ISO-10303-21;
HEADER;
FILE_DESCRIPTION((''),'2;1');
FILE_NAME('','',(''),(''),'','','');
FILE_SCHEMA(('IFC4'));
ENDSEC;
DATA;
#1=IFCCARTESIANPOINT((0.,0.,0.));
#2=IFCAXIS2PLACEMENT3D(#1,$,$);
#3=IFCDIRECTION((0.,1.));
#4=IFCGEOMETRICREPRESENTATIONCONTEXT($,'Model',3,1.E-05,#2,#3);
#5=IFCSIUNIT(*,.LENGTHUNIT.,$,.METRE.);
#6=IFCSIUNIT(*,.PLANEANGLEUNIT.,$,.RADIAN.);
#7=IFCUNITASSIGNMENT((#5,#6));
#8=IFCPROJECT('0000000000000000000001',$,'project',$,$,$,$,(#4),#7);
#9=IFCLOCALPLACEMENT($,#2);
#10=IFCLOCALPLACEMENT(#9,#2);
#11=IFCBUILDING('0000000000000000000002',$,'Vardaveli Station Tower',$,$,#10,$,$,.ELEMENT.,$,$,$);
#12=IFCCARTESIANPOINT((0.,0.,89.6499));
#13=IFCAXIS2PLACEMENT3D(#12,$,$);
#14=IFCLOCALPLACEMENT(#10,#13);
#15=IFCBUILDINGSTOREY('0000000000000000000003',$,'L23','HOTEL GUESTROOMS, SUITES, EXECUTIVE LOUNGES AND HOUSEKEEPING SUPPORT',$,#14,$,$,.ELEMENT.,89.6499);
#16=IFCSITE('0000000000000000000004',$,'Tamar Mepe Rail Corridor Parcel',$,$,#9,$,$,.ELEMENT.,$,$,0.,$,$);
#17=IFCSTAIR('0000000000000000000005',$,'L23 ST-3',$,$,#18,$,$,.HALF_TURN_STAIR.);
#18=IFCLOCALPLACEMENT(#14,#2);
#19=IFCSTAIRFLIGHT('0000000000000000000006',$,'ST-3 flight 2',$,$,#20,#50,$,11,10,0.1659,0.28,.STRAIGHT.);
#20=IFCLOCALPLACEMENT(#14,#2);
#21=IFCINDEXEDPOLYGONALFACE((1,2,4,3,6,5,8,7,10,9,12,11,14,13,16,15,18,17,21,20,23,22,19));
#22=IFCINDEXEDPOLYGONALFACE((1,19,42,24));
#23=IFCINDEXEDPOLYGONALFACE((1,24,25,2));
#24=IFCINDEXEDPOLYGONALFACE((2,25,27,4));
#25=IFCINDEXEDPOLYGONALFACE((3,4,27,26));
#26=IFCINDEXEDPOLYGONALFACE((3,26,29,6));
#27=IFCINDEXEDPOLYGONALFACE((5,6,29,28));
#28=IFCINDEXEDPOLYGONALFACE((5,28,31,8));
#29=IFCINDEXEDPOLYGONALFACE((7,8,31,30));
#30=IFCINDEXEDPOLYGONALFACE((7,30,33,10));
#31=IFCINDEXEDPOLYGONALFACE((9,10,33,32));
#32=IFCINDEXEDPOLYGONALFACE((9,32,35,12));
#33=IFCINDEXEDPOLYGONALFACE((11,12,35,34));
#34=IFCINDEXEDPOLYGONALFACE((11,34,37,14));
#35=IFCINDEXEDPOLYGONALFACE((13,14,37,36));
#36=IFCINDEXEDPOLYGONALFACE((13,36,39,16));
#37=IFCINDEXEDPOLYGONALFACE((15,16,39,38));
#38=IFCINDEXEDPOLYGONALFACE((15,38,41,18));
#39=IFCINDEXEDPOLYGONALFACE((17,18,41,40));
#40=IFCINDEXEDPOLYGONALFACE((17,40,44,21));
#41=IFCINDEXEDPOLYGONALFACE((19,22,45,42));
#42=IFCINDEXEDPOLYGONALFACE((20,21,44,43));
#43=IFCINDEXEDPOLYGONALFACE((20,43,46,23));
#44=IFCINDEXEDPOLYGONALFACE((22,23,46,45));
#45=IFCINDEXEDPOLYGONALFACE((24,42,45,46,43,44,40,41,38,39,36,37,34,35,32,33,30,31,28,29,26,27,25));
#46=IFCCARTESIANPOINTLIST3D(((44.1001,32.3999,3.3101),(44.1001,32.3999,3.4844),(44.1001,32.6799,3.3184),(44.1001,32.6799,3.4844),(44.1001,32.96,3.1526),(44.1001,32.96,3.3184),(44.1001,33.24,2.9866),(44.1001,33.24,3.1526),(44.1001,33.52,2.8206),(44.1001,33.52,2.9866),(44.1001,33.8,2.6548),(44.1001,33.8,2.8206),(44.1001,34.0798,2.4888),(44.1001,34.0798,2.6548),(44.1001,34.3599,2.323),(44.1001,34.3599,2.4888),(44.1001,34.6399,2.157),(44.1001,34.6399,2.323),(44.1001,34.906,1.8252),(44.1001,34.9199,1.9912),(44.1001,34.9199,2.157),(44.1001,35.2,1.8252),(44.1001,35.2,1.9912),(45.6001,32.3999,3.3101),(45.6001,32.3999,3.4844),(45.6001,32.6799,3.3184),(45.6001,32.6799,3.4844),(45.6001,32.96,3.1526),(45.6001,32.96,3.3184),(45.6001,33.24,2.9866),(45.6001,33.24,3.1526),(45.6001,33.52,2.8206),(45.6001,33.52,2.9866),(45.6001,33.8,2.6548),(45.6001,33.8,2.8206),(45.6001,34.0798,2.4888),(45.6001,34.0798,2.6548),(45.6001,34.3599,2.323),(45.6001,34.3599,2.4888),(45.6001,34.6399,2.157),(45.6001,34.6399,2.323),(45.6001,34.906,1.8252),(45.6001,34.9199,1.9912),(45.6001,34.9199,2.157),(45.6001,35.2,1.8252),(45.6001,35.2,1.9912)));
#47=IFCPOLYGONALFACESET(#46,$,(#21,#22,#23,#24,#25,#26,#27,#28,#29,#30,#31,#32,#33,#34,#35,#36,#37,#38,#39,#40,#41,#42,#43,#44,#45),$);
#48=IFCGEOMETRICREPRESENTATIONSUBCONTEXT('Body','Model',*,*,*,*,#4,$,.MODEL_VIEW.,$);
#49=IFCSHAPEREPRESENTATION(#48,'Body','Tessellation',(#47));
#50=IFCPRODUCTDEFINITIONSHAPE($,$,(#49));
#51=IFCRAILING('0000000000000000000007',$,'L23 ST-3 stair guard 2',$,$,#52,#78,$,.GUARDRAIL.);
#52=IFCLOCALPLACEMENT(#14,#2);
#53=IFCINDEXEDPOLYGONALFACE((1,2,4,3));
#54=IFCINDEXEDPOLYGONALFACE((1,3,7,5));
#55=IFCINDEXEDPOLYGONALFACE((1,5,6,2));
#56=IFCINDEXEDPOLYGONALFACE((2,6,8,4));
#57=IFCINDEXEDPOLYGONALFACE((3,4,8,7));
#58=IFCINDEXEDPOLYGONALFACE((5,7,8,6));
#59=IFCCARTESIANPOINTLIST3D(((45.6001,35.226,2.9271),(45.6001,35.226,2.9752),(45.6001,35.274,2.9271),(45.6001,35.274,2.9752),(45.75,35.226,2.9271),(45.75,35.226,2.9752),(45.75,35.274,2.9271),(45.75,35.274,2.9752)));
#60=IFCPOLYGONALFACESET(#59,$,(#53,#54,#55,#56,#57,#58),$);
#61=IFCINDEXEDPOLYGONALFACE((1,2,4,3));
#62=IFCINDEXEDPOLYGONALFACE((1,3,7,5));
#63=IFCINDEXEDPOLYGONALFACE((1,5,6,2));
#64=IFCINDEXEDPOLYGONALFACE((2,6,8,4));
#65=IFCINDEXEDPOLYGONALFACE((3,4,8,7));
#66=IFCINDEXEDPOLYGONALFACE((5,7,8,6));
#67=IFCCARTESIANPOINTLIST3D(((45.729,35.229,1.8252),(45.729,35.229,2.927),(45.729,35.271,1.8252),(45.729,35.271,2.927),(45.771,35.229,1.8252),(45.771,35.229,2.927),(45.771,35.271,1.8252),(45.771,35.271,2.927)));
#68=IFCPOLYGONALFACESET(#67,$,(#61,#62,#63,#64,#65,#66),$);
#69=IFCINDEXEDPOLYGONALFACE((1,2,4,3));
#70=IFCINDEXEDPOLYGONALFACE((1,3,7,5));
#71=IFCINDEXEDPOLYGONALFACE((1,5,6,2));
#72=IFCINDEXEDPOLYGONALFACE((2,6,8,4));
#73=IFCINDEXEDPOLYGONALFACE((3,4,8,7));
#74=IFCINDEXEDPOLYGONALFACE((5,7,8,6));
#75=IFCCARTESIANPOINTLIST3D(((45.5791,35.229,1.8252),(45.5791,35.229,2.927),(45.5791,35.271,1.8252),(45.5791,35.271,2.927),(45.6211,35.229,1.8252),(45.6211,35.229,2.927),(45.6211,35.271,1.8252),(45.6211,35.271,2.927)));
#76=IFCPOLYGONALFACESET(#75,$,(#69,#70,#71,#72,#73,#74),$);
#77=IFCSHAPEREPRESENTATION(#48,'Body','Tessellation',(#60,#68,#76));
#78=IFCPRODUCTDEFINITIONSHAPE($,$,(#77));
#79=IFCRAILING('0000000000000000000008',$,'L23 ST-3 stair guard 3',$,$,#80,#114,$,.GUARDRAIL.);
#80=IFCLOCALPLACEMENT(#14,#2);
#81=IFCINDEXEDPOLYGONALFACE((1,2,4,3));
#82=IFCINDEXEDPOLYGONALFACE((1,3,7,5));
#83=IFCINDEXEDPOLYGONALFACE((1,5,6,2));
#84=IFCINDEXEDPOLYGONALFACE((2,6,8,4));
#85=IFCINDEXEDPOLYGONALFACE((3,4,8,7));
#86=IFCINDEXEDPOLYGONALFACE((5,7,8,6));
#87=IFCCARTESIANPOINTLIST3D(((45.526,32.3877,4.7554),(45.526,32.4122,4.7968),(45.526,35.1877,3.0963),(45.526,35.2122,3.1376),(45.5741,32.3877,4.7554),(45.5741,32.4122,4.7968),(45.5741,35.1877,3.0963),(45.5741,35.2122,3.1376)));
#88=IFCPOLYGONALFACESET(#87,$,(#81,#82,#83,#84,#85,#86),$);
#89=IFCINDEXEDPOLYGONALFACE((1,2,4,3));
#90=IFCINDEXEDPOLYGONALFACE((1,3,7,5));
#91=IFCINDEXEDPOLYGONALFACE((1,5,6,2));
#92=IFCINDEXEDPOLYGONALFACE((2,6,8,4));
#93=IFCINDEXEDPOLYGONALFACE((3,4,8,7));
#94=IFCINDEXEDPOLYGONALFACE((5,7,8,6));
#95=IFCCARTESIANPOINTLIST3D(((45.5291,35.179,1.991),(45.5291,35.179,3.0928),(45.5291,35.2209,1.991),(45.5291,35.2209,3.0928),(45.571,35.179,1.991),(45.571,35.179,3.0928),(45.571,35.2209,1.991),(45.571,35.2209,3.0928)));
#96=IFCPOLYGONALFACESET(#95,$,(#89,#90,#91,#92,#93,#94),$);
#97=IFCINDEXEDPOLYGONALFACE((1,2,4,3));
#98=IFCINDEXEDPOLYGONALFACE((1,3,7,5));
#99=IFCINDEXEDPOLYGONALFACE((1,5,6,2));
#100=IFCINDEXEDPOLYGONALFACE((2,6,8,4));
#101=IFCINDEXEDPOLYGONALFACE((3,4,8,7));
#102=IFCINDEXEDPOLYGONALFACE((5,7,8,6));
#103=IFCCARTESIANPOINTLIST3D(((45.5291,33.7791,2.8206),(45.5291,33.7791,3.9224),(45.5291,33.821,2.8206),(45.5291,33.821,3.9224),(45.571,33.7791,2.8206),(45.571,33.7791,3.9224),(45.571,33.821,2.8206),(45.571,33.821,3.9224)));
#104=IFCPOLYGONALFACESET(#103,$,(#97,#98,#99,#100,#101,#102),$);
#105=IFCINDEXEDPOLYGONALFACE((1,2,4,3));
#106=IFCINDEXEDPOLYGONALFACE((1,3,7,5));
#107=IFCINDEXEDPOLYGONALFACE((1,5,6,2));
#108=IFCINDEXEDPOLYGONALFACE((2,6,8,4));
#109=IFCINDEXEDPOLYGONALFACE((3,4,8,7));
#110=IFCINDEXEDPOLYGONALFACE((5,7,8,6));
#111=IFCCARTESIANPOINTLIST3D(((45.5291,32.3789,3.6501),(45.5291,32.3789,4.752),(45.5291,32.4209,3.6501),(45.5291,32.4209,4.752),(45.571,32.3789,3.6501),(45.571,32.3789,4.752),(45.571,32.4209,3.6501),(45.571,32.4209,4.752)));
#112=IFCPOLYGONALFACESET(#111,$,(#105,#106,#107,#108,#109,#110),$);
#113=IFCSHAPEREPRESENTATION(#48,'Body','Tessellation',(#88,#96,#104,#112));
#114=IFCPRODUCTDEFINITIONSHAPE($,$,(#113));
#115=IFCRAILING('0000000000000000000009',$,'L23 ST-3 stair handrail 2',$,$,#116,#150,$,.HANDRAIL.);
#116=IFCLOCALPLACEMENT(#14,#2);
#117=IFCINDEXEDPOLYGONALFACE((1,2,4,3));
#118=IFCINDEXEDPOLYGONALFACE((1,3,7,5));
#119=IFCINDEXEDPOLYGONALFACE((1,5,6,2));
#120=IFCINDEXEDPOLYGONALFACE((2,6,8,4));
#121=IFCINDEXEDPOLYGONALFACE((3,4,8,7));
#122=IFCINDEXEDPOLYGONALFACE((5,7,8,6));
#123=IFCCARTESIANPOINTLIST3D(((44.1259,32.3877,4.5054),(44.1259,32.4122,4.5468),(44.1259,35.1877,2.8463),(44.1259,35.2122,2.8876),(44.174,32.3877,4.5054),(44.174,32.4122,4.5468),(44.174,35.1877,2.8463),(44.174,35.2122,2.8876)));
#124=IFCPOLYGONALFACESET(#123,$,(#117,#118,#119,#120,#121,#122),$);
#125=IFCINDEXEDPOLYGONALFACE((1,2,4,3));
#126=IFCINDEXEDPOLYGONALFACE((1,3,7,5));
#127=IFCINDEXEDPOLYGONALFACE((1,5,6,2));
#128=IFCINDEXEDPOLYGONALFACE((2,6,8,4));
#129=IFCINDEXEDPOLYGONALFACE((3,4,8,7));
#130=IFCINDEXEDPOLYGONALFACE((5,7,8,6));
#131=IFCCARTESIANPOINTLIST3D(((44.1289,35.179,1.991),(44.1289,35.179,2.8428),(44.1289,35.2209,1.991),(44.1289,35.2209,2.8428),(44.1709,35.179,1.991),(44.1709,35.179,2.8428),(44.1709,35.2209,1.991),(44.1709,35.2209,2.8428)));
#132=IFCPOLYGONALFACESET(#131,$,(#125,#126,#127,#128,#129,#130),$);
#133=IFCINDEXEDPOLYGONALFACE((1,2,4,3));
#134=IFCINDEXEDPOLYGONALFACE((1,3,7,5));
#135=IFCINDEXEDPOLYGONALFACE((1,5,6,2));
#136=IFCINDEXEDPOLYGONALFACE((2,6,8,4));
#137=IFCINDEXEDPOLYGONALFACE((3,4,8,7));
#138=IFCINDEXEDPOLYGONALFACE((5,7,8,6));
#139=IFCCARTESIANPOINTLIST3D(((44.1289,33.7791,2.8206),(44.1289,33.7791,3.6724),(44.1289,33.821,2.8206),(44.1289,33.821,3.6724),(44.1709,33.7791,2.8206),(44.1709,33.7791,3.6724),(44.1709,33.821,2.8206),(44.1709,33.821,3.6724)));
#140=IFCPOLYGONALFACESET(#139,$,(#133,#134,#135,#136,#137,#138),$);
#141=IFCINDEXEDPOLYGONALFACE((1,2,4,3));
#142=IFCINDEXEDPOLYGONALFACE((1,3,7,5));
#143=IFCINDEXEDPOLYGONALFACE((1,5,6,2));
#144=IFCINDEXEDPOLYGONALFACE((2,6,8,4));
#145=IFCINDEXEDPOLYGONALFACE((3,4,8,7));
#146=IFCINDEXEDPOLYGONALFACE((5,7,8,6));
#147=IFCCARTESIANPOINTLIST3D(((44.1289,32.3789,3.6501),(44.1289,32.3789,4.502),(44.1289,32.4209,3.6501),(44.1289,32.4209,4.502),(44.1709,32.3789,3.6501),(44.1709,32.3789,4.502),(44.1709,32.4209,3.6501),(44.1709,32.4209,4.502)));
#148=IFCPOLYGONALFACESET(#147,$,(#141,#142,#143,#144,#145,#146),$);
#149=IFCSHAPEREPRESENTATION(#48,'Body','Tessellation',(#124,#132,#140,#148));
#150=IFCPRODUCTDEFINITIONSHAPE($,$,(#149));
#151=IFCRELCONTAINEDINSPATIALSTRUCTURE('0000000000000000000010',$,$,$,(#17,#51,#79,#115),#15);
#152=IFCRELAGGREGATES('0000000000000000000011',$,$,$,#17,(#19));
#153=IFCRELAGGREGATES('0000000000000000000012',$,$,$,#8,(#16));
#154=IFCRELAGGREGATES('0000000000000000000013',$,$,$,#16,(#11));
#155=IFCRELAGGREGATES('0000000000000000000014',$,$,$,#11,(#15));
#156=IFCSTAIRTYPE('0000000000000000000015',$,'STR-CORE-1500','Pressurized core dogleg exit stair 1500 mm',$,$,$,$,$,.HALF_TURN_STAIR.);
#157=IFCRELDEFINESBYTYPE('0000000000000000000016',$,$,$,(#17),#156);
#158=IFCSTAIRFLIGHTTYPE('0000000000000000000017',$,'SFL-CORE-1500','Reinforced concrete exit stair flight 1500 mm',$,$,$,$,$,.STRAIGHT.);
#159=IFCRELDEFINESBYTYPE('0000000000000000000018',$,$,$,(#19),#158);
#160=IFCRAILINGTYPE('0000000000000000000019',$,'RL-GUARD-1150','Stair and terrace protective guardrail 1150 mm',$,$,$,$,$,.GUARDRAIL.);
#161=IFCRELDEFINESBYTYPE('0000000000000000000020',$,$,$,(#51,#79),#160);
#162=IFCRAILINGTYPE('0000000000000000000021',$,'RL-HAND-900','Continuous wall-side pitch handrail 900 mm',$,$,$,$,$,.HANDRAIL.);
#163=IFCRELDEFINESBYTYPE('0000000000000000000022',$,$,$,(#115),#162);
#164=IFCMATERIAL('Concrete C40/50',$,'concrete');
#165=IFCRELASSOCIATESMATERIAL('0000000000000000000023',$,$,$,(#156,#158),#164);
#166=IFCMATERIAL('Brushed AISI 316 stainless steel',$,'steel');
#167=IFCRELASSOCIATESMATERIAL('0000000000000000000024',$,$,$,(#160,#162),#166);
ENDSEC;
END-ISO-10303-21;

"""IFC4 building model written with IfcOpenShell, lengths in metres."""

from ifc_helpers import new_model, si_unit, direction, frame, origin, origin_2d, place, context, subcontext, project, spatial, polyline, rectangle, outline, extrude, source, transform, mapped, material, type_object, element, aggregate, save


model = new_model("IFC4")

# Units and contexts
model_context = context("Model", 3, precision=1e-05, world=origin(), true_north=direction((0.0, 1.0)))
body_context = subcontext(model_context, "Body", "Model", "MODEL_VIEW")
ifc_project = project(units=[si_unit("LENGTHUNIT", "METRE"), si_unit("PLANEANGLEUNIT", "RADIAN")], contexts=[model_context])

# Site, building, storey
site_placement = place(None, origin())
site = spatial("IfcSite", under=ifc_project, at=site_placement, Name="Tamar Mepe Rail Corridor Parcel", CompositionType="ELEMENT", RefElevation=0.0)
building_placement = place(site_placement, origin())
building = spatial("IfcBuilding", under=site, at=building_placement, Name="Vardaveli Station Tower", CompositionType="ELEMENT")
storey_placement = place(building_placement, frame((0.0, 0.0, 89.6499)))
storey = spatial("IfcBuildingStorey", under=building, at=storey_placement, Name="L23", Description="HOTEL GUESTROOMS, SUITES, EXECUTIVE LOUNGES AND HOUSEKEEPING SUPPORT", CompositionType="ELEMENT", Elevation=89.6499)

# Shared definitions
ifc_material_1 = material(Name="Concrete C40/50", Category="concrete")

# Stair, stair flight
stair_type = type_object("IfcStairType", Name="STR-CORE-1500", Description="Pressurized core dogleg exit stair 1500 mm", PredefinedType="HALF_TURN_STAIR", material=ifc_material_1)
stair_placement = place(storey_placement, origin())
stair = element("IfcStair", 1, at=stair_placement, inside=storey, type_object=stair_type, Name="L23 ST-3", PredefinedType="HALF_TURN_STAIR")
stair_flight_type = type_object("IfcStairFlightType", Name="SFL-CORE-1500", Description="Reinforced concrete exit stair flight 1500 mm", PredefinedType="STRAIGHT", material=ifc_material_1)
shared_shape_1 = source(origin(), body_context, "Body", "SweptSolid", [
    extrude(outline(polyline([(0.0, 0.0), (0.0, 0.166), (0.28, 0.166), (0.28, 0.3318), (0.5601, 0.3318), (0.5601, 0.4978), (0.8401, 0.4978), (0.8401, 0.6636), (1.1201, 0.6636), (1.1201, 0.8296), (1.3999, 0.8296), (1.3999, 0.9954), (1.6799, 0.9954), (1.6799, 1.1614), (1.96, 1.1614), (1.96, 1.3274), (2.24, 1.3274), (2.24, 1.4932), (2.52, 1.4932), (2.52, 1.6592), (2.8, 1.6592), (2.8, 1.825), (2.8, 1.4849), (0.2939, 0.0), (0.0, 0.0)])), frame((0.0, 0.75, 0.0), z_axis=(0.0, -1.0, 0.0), x_axis=(1.0, 0.0, 0.0)), (0.0, 0.0, 1.0), 1.5),
])
stair_flight_placement = place(storey_placement, frame((44.8501, 35.2, 1.8252), z_axis=(0.0, 0.0, 1.0), x_axis=(0.0, -1.0, 0.0)))
stair_flight = element("IfcStairFlight", 2, at=stair_flight_placement, type_object=stair_flight_type, Name="ST-3 flight 2", NumberOfRisers=11, NumberOfTreads=10, PredefinedType="STRAIGHT", RiserHeight=0.1659, TreadLength=0.28, context=body_context, shape_type="MappedRepresentation", body=[
    mapped(shared_shape_1, transform((0.0, 0.0, 0.0), scale=1.0)),
])
aggregate(stair, [stair_flight])

# Railings
ifc_material_2 = material(Name="Brushed AISI 316 stainless steel", Category="steel")
railing_type_1 = type_object("IfcRailingType", Name="RL-GUARD-1150", Description="Stair and terrace protective guardrail 1150 mm", PredefinedType="GUARDRAIL", material=ifc_material_2)
shared_shape_2 = source(origin(), body_context, "Body", "SweptSolid", [
    extrude(rectangle(XDim=0.0481, YDim=0.0481, at=origin_2d()), frame((0.0, 0.0, 1.126), z_axis=(-1.0, 0.0, 0.0), x_axis=(0.0, -1.0, 0.0)), (0.0, 0.0, 1.0), 0.1499),
    extrude(rectangle(XDim=0.042, YDim=0.042, at=origin_2d()), origin(), (0.0, 0.0, 1.0), 1.1018),
    extrude(rectangle(XDim=0.042, YDim=0.042, at=origin_2d()), frame((-0.1499, 0.0, 0.0)), (0.0, 0.0, 1.0), 1.1018),
])
railing_1_placement = place(storey_placement, frame((45.75, 35.25, 1.8252)))
element("IfcRailing", 3, at=railing_1_placement, inside=storey, type_object=railing_type_1, Name="L23 ST-3 stair guard 2", PredefinedType="GUARDRAIL", context=body_context, shape_type="MappedRepresentation", body=[
    mapped(shared_shape_2, transform((0.0, 0.0, 0.0), scale=1.0)),
])
shared_shape_3 = source(origin(), body_context, "Body", "SweptSolid", [
    extrude(rectangle(XDim=0.0481, YDim=0.0481, at=origin_2d()), frame((0.0, 0.0, 1.126), z_axis=(0.0, -0.860306, 0.509778), x_axis=(1.0, 0.0, 0.0)), (0.0, 0.0, 1.0), 3.2546),
    extrude(rectangle(XDim=0.042, YDim=0.042, at=origin_2d()), origin(), (0.0, 0.0, 1.0), 1.1018),
    extrude(rectangle(XDim=0.042, YDim=0.042, at=origin_2d()), frame((0.0, -1.3999, 0.8296)), (0.0, 0.0, 1.0), 1.1018),
    extrude(rectangle(XDim=0.042, YDim=0.042, at=origin_2d()), frame((0.0, -2.8, 1.6592)), (0.0, 0.0, 1.0), 1.1018),
])
railing_2_placement = place(storey_placement, frame((45.55, 35.2, 1.991)))
element("IfcRailing", 4, at=railing_2_placement, inside=storey, type_object=railing_type_1, Name="L23 ST-3 stair guard 3", PredefinedType="GUARDRAIL", context=body_context, shape_type="MappedRepresentation", body=[
    mapped(shared_shape_3, transform((0.0, 0.0, 0.0), scale=1.0)),
])
railing_type_2 = type_object("IfcRailingType", Name="RL-HAND-900", Description="Continuous wall-side pitch handrail 900 mm", PredefinedType="HANDRAIL", material=ifc_material_2)
shared_shape_4 = source(origin(), body_context, "Body", "SweptSolid", [
    extrude(rectangle(XDim=0.0481, YDim=0.0481, at=origin_2d()), frame((0.0, 0.0, 0.876), z_axis=(0.0, -0.860306, 0.509778), x_axis=(1.0, 0.0, 0.0)), (0.0, 0.0, 1.0), 3.2546),
    extrude(rectangle(XDim=0.042, YDim=0.042, at=origin_2d()), origin(), (0.0, 0.0, 1.0), 0.8518),
    extrude(rectangle(XDim=0.042, YDim=0.042, at=origin_2d()), frame((0.0, -1.3999, 0.8296)), (0.0, 0.0, 1.0), 0.8518),
    extrude(rectangle(XDim=0.042, YDim=0.042, at=origin_2d()), frame((0.0, -2.8, 1.6592)), (0.0, 0.0, 1.0), 0.8518),
])
railing_3_placement = place(storey_placement, frame((44.1499, 35.2, 1.991)))
element("IfcRailing", 5, at=railing_3_placement, inside=storey, type_object=railing_type_2, Name="L23 ST-3 stair handrail 2", PredefinedType="HANDRAIL", context=body_context, shape_type="MappedRepresentation", body=[
    mapped(shared_shape_4, transform((0.0, 0.0, 0.0), scale=1.0)),
])

save(model, "model.ifc")
